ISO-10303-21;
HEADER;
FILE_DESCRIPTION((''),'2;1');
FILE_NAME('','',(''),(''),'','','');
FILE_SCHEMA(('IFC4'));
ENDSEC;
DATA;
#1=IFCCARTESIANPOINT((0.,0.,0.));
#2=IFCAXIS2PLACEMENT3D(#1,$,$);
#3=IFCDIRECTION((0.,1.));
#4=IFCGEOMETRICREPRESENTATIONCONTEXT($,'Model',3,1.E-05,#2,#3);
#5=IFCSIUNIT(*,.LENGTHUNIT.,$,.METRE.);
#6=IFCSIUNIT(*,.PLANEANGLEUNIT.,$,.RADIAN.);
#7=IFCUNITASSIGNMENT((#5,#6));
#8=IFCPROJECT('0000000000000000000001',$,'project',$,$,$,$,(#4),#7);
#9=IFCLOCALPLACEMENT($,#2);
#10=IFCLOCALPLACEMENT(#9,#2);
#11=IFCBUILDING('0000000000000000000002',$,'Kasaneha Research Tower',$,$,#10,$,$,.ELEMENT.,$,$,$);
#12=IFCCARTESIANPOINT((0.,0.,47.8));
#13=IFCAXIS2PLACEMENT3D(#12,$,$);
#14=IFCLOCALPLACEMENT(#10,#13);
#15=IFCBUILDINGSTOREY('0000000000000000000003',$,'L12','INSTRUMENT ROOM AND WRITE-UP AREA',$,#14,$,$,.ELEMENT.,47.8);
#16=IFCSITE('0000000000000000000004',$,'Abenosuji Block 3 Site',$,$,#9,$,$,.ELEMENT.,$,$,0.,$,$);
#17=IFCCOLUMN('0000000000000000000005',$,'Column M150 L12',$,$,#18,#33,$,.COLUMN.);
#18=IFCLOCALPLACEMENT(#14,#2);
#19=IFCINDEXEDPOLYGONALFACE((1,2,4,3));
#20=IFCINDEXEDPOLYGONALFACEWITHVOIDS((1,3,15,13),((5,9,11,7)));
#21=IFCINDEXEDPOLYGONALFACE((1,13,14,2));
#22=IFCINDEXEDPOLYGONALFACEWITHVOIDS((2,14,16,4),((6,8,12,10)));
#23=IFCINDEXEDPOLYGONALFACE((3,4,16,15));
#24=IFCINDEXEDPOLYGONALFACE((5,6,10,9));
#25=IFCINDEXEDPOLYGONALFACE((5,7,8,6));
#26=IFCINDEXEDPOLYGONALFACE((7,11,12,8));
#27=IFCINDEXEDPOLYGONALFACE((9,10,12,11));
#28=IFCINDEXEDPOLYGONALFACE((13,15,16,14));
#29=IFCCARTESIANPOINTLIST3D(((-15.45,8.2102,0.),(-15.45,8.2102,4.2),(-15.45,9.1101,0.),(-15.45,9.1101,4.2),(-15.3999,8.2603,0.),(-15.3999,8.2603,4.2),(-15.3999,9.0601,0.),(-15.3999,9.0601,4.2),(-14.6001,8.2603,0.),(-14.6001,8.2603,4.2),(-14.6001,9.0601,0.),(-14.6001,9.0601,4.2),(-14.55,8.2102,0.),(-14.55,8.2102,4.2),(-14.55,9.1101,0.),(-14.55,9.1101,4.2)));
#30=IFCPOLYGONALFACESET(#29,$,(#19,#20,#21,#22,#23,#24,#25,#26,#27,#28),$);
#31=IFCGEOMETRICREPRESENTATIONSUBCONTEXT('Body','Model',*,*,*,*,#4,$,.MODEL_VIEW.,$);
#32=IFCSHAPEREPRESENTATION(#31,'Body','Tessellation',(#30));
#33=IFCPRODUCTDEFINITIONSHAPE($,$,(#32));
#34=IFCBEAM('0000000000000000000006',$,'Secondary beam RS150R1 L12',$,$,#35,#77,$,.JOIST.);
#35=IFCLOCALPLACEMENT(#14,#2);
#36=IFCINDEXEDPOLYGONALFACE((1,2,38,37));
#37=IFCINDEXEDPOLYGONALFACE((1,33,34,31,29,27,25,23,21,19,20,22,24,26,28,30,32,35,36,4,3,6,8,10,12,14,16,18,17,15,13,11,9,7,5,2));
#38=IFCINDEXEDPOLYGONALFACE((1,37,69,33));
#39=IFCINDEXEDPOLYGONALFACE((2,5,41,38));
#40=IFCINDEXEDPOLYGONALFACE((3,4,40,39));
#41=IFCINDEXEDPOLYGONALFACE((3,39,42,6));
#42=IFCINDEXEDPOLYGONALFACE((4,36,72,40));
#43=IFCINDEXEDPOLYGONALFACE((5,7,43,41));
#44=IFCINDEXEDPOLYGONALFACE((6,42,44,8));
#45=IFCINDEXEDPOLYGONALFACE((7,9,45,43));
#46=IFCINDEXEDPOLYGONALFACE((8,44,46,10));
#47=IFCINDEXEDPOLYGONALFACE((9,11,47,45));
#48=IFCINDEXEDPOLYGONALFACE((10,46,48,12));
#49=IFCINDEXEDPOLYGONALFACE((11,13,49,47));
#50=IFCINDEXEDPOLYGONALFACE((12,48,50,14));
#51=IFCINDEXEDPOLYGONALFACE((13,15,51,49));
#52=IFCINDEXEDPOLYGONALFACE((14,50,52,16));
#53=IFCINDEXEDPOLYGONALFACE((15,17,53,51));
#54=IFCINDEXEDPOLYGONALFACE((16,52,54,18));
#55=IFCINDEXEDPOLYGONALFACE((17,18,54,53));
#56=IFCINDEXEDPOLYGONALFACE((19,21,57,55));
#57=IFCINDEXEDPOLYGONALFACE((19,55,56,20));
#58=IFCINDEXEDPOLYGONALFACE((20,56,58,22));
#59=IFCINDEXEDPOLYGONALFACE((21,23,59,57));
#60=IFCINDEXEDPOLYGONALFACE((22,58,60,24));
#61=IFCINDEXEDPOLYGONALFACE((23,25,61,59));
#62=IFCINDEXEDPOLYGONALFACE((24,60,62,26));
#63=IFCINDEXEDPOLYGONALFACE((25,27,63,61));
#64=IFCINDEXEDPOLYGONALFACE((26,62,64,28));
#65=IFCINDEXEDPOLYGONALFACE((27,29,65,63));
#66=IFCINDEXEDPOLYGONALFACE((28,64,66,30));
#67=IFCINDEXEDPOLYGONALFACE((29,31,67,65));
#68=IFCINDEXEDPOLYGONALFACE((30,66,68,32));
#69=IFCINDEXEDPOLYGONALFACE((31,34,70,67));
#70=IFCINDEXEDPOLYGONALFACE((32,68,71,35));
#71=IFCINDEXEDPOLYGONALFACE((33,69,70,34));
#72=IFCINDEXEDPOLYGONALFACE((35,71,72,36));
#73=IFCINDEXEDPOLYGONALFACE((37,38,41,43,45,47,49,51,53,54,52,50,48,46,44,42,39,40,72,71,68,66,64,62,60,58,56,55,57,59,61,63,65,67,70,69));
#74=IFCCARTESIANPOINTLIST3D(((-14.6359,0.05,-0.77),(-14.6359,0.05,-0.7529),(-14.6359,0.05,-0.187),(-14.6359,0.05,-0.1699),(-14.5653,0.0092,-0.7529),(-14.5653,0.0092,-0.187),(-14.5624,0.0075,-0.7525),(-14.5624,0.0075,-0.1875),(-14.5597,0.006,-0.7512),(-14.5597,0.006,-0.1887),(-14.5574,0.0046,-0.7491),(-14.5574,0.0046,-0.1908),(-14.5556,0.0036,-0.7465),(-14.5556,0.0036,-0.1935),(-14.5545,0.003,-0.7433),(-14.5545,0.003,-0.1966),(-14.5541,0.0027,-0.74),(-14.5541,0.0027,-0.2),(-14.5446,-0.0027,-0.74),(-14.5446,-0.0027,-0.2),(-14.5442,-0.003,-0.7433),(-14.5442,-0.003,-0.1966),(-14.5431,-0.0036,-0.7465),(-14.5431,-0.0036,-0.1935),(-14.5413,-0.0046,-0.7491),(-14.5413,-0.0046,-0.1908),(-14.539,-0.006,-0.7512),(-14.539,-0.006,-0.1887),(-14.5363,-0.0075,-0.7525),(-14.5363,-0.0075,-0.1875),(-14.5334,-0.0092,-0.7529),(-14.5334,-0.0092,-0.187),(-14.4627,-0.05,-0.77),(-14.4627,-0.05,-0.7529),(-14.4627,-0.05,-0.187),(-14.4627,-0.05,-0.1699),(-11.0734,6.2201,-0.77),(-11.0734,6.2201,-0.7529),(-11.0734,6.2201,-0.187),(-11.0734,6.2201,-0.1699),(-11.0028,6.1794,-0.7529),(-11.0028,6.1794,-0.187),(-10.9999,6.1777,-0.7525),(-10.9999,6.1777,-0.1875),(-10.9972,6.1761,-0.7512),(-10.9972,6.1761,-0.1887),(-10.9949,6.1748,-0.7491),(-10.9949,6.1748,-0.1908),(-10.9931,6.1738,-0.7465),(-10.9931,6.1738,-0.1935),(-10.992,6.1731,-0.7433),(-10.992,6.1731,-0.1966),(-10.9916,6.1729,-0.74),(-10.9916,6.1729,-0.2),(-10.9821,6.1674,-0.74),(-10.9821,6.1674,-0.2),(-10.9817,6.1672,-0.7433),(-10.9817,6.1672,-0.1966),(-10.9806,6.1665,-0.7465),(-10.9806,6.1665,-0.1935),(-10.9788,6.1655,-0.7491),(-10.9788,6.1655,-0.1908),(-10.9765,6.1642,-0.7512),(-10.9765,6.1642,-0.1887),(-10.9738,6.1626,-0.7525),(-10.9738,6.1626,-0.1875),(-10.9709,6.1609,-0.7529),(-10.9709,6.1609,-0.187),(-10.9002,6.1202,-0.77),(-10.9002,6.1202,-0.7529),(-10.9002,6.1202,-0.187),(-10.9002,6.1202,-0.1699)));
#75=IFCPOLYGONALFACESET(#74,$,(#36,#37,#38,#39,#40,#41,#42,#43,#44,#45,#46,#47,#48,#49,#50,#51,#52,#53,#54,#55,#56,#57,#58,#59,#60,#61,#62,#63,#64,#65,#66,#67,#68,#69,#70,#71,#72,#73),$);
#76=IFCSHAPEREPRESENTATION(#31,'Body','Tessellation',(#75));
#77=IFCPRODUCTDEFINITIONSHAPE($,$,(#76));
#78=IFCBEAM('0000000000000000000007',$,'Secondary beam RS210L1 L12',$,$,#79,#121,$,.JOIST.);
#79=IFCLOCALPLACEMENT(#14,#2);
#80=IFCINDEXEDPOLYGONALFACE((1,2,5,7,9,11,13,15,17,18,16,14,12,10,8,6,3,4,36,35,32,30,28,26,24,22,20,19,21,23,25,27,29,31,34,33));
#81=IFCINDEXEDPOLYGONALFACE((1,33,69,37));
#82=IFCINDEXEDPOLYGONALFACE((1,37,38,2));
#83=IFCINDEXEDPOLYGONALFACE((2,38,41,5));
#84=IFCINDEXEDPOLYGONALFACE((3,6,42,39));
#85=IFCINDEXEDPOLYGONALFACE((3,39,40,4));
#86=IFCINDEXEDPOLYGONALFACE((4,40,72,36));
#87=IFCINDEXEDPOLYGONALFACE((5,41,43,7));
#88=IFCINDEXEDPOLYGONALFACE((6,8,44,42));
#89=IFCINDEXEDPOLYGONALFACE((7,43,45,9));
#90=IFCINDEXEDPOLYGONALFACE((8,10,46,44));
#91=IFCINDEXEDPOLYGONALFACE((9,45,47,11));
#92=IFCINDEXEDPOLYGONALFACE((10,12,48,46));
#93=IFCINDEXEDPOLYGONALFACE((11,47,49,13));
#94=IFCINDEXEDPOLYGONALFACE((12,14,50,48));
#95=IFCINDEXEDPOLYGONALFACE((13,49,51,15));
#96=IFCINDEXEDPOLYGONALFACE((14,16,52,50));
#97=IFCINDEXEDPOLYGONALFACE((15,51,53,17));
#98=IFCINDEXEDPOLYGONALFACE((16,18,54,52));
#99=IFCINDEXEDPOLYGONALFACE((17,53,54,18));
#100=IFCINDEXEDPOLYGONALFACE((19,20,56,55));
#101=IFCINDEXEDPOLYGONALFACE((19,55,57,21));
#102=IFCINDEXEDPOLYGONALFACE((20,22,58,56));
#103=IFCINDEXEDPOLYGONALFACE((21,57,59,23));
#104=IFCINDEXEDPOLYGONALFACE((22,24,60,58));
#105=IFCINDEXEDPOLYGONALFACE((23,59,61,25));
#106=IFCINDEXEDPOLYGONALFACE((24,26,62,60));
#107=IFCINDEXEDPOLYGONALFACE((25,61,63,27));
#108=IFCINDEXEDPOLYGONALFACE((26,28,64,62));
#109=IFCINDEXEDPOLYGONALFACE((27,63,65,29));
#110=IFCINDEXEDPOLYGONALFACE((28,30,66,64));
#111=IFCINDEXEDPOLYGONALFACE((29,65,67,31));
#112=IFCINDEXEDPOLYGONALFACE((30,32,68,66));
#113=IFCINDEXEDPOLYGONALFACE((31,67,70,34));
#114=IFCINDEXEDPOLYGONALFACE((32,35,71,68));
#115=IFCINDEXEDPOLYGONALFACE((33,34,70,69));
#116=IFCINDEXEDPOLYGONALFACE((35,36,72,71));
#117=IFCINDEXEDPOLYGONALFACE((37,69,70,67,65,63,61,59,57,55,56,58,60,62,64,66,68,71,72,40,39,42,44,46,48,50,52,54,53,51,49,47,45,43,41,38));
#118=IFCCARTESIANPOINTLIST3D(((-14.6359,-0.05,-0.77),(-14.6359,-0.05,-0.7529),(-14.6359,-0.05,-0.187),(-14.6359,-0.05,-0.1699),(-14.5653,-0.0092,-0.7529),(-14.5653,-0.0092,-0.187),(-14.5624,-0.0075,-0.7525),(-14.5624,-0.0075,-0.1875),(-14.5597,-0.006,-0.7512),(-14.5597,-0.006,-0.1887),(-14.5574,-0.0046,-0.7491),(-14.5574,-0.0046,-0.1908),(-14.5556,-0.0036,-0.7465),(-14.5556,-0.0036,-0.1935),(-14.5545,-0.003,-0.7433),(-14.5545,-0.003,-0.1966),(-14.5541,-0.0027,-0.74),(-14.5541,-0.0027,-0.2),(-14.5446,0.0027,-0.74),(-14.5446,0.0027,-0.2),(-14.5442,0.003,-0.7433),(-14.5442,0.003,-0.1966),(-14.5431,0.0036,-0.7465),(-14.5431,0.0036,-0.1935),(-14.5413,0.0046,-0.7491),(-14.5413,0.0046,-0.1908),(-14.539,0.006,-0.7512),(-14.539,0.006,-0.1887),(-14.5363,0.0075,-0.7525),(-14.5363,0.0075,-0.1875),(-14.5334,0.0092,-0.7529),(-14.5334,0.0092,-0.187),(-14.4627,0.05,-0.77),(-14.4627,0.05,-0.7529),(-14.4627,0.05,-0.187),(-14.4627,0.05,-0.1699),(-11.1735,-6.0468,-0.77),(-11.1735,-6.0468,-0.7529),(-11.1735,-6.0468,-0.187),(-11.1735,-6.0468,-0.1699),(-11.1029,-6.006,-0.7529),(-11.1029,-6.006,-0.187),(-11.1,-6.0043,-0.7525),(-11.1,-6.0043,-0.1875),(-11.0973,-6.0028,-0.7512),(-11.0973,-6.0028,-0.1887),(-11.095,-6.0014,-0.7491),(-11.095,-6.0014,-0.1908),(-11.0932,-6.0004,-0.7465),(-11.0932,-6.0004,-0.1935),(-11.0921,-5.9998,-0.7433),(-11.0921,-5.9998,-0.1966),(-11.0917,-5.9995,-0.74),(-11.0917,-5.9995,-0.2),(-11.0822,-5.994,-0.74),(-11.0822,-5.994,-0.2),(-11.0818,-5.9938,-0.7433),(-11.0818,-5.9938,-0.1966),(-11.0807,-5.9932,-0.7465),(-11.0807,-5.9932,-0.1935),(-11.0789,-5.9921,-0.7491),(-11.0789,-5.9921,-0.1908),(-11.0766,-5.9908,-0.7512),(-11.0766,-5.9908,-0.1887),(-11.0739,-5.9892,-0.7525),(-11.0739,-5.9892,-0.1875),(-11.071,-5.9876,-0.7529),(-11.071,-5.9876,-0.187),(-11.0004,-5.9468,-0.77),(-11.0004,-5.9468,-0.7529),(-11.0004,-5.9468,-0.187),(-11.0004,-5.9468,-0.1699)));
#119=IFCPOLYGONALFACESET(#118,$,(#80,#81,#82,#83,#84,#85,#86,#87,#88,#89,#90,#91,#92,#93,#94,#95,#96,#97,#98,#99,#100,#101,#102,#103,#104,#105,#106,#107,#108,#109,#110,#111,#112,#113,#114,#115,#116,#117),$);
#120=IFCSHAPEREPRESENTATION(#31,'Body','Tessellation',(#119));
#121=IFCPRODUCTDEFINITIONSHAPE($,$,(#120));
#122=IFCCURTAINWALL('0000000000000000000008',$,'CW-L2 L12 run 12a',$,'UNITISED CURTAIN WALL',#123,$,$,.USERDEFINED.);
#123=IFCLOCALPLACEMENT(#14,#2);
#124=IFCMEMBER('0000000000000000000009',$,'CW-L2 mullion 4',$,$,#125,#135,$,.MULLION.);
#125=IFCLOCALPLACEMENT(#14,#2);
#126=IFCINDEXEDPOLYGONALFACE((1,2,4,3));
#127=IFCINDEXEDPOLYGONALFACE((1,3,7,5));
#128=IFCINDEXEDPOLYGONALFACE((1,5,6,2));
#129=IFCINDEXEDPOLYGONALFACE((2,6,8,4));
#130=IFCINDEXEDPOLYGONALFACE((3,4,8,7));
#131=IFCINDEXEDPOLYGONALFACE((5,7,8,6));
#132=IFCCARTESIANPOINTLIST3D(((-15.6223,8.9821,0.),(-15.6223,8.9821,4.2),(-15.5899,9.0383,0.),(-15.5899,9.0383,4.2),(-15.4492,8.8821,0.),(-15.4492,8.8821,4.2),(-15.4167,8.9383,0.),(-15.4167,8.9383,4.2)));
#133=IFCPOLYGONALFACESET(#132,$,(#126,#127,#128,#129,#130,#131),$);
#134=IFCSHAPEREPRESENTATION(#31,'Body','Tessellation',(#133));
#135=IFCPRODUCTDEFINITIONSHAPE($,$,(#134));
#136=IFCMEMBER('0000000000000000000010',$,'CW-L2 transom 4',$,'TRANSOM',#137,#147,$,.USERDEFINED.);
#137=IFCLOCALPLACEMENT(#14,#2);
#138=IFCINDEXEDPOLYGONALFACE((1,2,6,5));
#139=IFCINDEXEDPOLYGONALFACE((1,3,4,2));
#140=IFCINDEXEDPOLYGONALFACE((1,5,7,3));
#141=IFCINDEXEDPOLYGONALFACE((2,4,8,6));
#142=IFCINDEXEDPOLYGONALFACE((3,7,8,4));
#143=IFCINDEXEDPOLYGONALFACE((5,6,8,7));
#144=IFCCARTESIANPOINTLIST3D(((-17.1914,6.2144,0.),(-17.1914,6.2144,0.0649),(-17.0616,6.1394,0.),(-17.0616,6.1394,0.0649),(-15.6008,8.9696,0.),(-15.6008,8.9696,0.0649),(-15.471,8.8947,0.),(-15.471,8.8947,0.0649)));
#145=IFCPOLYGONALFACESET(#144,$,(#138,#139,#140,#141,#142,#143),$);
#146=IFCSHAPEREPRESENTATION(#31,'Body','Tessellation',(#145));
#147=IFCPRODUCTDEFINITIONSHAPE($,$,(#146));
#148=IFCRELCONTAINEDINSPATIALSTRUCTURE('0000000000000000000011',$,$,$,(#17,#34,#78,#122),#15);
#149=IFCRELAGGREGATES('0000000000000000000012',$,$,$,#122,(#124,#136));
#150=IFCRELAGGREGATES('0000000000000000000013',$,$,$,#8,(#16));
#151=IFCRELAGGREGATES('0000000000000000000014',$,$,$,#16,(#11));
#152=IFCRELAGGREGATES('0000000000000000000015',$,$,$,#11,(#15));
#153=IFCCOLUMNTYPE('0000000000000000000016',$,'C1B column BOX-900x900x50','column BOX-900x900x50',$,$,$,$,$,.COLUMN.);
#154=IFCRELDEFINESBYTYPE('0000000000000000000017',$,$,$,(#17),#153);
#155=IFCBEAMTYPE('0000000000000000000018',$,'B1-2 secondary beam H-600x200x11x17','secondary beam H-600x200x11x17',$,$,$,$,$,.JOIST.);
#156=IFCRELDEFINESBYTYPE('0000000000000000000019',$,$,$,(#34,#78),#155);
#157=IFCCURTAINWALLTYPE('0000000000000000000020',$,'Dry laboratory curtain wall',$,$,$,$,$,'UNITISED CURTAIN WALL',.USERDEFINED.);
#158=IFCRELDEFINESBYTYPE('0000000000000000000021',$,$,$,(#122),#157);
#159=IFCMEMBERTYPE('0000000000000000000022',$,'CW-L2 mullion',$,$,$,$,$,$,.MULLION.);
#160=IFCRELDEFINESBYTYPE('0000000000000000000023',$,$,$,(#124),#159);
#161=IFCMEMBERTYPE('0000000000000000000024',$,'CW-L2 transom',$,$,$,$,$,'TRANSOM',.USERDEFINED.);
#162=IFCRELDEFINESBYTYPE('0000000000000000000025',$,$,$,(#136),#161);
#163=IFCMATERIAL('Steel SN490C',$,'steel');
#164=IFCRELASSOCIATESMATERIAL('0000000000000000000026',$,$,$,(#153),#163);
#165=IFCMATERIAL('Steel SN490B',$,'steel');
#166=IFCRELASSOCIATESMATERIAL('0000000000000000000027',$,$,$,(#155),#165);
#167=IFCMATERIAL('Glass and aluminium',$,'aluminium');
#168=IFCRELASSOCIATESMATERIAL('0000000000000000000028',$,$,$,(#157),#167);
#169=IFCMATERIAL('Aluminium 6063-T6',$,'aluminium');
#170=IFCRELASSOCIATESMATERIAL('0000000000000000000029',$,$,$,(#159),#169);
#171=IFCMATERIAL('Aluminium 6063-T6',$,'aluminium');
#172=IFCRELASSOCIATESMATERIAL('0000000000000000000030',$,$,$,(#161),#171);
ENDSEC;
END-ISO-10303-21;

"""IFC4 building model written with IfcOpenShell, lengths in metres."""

from ifc_helpers import new_model, si_unit, direction, frame, origin, origin_2d, place, context, subcontext, project, spatial, rectangle, hollow_rectangle, i_section, extrude, material, material_profile, profile_set, type_object, element, aggregate, save


model = new_model("IFC4")

# Units and contexts
model_context = context("Model", 3, precision=1e-05, world=origin(), true_north=direction((0.0, 1.0)))
body_context = subcontext(model_context, "Body", "Model", "MODEL_VIEW")
ifc_project = project(units=[si_unit("LENGTHUNIT", "METRE"), si_unit("PLANEANGLEUNIT", "RADIAN")], contexts=[model_context])

# Site, building, storey
site_placement = place(None, origin())
site = spatial("IfcSite", under=ifc_project, at=site_placement, Name="Abenosuji Block 3 Site", CompositionType="ELEMENT", RefElevation=0.0)
building_placement = place(site_placement, origin())
building = spatial("IfcBuilding", under=site, at=building_placement, Name="Kasaneha Research Tower", CompositionType="ELEMENT")
storey_placement = place(building_placement, frame((0.0, 0.0, 47.8)))
storey = spatial("IfcBuildingStorey", under=building, at=storey_placement, Name="L12", Description="INSTRUMENT ROOM AND WRITE-UP AREA", CompositionType="ELEMENT", Elevation=47.8)

# Column
ifc_material_1 = material(Name="Steel SN490C", Category="steel")
ifc_material_profile_1 = material_profile(ifc_material_1, hollow_rectangle(XDim=0.8999, YDim=0.8999, WallThickness=0.05, at=origin_2d()), Name="BOX-900x900x50")
ifc_profile_set_1 = profile_set([ifc_material_profile_1], Name="Steel SN490C")
column_type = type_object("IfcColumnType", Name="C1B column BOX-900x900x50", Description="column BOX-900x900x50", PredefinedType="COLUMN", material=ifc_profile_set_1)
column_placement = place(storey_placement, frame((-15.0, 8.6602, 0.0), z_axis=(0.0, 0.0, 1.0), x_axis=(1.0, 0.0, 0.0)))
element("IfcColumn", 1, at=column_placement, inside=storey, type_object=column_type, Name="Column M150 L12", PredefinedType="COLUMN", context=body_context, shape_type="SweptSolid", body=[
    extrude(hollow_rectangle(XDim=0.8999, YDim=0.8999, WallThickness=0.05, at=origin_2d()), origin(), (0.0, 0.0, 1.0), 4.2),
])

# Beams
ifc_material_2 = material(Name="Steel SN490B", Category="steel")
ifc_material_profile_2 = material_profile(ifc_material_2, i_section(OverallWidth=0.2, OverallDepth=0.6001, WebThickness=0.011, FlangeThickness=0.0171, FilletRadius=0.0129, at=origin_2d()), Name="H-600x200x11x17")
ifc_profile_set_2 = profile_set([ifc_material_profile_2], Name="Steel SN490B")
beam_type_1 = type_object("IfcBeamType", Name="B1-2 secondary beam H-600x200x11x17", Description="secondary beam H-600x200x11x17", PredefinedType="JOIST", material=ifc_profile_set_2)
beam_1_placement = place(storey_placement, frame((-14.5493, 0.0, -0.47), z_axis=(0.500016, 0.866016, 0.0), x_axis=(-0.866016, 0.500016, 0.0)))
element("IfcBeam", 2, at=beam_1_placement, inside=storey, type_object=beam_type_1, Name="Secondary beam RS150R1 L12", PredefinedType="JOIST", context=body_context, shape_type="SweptSolid", body=[
    extrude(i_section(OverallWidth=0.2, OverallDepth=0.6001, WebThickness=0.011, FlangeThickness=0.0171, FilletRadius=0.0129, at=origin_2d()), origin(), (0.0, 0.0, 1.0), 7.1248),
])
beam_2_placement = place(storey_placement, frame((-14.5493, 0.0, -0.47), z_axis=(0.500014, -0.866017, 0.0), x_axis=(0.866017, 0.500014, 0.0)))
element("IfcBeam", 3, at=beam_2_placement, inside=storey, type_object=beam_type_1, Name="Secondary beam RS210L1 L12", PredefinedType="JOIST", context=body_context, shape_type="SweptSolid", body=[
    extrude(i_section(OverallWidth=0.2, OverallDepth=0.6001, WebThickness=0.011, FlangeThickness=0.0171, FilletRadius=0.0129, at=origin_2d()), origin(), (0.0, 0.0, 1.0), 6.9246),
])

# Curtain wall, members
ifc_material_3 = material(Name="Glass and aluminium", Category="aluminium")
curtain_wall_type = type_object("IfcCurtainWallType", Name="Dry laboratory curtain wall", ElementType="UNITISED CURTAIN WALL", PredefinedType="USERDEFINED", material=ifc_material_3)
curtain_wall_placement = place(storey_placement, origin())
curtain_wall = element("IfcCurtainWall", 4, at=curtain_wall_placement, inside=storey, type_object=curtain_wall_type, Name="CW-L2 L12 run 12a", ObjectType="UNITISED CURTAIN WALL", PredefinedType="USERDEFINED")
ifc_material_4 = material(Name="Aluminium 6063-T6", Category="aluminium")
ifc_material_profile_3 = material_profile(ifc_material_4, rectangle(XDim=0.0649, YDim=0.2, at=origin_2d()), Name="CW-L2 mullion 65x200")
ifc_profile_set_3 = profile_set([ifc_material_profile_3], Name="Aluminium 6063-T6")
member_type_1 = type_object("IfcMemberType", Name="CW-L2 mullion", PredefinedType="MULLION", material=ifc_profile_set_3)
member_1_placement = place(storey_placement, frame((-15.5195, 8.9602, 0.0), z_axis=(0.0, 0.0, 1.0), x_axis=(-0.5, -0.866025, 0.0)))
member_1 = element("IfcMember", 5, at=member_1_placement, type_object=member_type_1, Name="CW-L2 mullion 4", PredefinedType="MULLION", context=body_context, shape_type="SweptSolid", body=[
    extrude(rectangle(XDim=0.0649, YDim=0.2, at=origin_2d()), origin(), (0.0, 0.0, 1.0), 4.2),
])
ifc_material_5 = material(Name="Aluminium 6063-T6", Category="aluminium")
ifc_material_profile_4 = material_profile(ifc_material_5, rectangle(XDim=0.1499, YDim=0.0649, at=origin_2d()), Name="CW-L2 transom 150x65")
ifc_profile_set_4 = profile_set([ifc_material_profile_4], Name="Aluminium 6063-T6")
member_type_2 = type_object("IfcMemberType", Name="CW-L2 transom", ElementType="TRANSOM", PredefinedType="USERDEFINED", material=ifc_profile_set_4)
member_2_placement = place(storey_placement, frame((-15.5359, 8.9321, 0.0325), z_axis=(-0.499977, -0.866039, 0.0), x_axis=(0.866039, -0.499977, 0.0)))
member_2 = element("IfcMember", 6, at=member_2_placement, type_object=member_type_2, Name="CW-L2 transom 4", ObjectType="TRANSOM", PredefinedType="USERDEFINED", context=body_context, shape_type="SweptSolid", body=[
    extrude(rectangle(XDim=0.1499, YDim=0.0649, at=origin_2d()), origin(), (0.0, 0.0, 1.0), 3.1814),
])

aggregate(curtain_wall, [member_1, member_2])

save(model, "model.ifc")
